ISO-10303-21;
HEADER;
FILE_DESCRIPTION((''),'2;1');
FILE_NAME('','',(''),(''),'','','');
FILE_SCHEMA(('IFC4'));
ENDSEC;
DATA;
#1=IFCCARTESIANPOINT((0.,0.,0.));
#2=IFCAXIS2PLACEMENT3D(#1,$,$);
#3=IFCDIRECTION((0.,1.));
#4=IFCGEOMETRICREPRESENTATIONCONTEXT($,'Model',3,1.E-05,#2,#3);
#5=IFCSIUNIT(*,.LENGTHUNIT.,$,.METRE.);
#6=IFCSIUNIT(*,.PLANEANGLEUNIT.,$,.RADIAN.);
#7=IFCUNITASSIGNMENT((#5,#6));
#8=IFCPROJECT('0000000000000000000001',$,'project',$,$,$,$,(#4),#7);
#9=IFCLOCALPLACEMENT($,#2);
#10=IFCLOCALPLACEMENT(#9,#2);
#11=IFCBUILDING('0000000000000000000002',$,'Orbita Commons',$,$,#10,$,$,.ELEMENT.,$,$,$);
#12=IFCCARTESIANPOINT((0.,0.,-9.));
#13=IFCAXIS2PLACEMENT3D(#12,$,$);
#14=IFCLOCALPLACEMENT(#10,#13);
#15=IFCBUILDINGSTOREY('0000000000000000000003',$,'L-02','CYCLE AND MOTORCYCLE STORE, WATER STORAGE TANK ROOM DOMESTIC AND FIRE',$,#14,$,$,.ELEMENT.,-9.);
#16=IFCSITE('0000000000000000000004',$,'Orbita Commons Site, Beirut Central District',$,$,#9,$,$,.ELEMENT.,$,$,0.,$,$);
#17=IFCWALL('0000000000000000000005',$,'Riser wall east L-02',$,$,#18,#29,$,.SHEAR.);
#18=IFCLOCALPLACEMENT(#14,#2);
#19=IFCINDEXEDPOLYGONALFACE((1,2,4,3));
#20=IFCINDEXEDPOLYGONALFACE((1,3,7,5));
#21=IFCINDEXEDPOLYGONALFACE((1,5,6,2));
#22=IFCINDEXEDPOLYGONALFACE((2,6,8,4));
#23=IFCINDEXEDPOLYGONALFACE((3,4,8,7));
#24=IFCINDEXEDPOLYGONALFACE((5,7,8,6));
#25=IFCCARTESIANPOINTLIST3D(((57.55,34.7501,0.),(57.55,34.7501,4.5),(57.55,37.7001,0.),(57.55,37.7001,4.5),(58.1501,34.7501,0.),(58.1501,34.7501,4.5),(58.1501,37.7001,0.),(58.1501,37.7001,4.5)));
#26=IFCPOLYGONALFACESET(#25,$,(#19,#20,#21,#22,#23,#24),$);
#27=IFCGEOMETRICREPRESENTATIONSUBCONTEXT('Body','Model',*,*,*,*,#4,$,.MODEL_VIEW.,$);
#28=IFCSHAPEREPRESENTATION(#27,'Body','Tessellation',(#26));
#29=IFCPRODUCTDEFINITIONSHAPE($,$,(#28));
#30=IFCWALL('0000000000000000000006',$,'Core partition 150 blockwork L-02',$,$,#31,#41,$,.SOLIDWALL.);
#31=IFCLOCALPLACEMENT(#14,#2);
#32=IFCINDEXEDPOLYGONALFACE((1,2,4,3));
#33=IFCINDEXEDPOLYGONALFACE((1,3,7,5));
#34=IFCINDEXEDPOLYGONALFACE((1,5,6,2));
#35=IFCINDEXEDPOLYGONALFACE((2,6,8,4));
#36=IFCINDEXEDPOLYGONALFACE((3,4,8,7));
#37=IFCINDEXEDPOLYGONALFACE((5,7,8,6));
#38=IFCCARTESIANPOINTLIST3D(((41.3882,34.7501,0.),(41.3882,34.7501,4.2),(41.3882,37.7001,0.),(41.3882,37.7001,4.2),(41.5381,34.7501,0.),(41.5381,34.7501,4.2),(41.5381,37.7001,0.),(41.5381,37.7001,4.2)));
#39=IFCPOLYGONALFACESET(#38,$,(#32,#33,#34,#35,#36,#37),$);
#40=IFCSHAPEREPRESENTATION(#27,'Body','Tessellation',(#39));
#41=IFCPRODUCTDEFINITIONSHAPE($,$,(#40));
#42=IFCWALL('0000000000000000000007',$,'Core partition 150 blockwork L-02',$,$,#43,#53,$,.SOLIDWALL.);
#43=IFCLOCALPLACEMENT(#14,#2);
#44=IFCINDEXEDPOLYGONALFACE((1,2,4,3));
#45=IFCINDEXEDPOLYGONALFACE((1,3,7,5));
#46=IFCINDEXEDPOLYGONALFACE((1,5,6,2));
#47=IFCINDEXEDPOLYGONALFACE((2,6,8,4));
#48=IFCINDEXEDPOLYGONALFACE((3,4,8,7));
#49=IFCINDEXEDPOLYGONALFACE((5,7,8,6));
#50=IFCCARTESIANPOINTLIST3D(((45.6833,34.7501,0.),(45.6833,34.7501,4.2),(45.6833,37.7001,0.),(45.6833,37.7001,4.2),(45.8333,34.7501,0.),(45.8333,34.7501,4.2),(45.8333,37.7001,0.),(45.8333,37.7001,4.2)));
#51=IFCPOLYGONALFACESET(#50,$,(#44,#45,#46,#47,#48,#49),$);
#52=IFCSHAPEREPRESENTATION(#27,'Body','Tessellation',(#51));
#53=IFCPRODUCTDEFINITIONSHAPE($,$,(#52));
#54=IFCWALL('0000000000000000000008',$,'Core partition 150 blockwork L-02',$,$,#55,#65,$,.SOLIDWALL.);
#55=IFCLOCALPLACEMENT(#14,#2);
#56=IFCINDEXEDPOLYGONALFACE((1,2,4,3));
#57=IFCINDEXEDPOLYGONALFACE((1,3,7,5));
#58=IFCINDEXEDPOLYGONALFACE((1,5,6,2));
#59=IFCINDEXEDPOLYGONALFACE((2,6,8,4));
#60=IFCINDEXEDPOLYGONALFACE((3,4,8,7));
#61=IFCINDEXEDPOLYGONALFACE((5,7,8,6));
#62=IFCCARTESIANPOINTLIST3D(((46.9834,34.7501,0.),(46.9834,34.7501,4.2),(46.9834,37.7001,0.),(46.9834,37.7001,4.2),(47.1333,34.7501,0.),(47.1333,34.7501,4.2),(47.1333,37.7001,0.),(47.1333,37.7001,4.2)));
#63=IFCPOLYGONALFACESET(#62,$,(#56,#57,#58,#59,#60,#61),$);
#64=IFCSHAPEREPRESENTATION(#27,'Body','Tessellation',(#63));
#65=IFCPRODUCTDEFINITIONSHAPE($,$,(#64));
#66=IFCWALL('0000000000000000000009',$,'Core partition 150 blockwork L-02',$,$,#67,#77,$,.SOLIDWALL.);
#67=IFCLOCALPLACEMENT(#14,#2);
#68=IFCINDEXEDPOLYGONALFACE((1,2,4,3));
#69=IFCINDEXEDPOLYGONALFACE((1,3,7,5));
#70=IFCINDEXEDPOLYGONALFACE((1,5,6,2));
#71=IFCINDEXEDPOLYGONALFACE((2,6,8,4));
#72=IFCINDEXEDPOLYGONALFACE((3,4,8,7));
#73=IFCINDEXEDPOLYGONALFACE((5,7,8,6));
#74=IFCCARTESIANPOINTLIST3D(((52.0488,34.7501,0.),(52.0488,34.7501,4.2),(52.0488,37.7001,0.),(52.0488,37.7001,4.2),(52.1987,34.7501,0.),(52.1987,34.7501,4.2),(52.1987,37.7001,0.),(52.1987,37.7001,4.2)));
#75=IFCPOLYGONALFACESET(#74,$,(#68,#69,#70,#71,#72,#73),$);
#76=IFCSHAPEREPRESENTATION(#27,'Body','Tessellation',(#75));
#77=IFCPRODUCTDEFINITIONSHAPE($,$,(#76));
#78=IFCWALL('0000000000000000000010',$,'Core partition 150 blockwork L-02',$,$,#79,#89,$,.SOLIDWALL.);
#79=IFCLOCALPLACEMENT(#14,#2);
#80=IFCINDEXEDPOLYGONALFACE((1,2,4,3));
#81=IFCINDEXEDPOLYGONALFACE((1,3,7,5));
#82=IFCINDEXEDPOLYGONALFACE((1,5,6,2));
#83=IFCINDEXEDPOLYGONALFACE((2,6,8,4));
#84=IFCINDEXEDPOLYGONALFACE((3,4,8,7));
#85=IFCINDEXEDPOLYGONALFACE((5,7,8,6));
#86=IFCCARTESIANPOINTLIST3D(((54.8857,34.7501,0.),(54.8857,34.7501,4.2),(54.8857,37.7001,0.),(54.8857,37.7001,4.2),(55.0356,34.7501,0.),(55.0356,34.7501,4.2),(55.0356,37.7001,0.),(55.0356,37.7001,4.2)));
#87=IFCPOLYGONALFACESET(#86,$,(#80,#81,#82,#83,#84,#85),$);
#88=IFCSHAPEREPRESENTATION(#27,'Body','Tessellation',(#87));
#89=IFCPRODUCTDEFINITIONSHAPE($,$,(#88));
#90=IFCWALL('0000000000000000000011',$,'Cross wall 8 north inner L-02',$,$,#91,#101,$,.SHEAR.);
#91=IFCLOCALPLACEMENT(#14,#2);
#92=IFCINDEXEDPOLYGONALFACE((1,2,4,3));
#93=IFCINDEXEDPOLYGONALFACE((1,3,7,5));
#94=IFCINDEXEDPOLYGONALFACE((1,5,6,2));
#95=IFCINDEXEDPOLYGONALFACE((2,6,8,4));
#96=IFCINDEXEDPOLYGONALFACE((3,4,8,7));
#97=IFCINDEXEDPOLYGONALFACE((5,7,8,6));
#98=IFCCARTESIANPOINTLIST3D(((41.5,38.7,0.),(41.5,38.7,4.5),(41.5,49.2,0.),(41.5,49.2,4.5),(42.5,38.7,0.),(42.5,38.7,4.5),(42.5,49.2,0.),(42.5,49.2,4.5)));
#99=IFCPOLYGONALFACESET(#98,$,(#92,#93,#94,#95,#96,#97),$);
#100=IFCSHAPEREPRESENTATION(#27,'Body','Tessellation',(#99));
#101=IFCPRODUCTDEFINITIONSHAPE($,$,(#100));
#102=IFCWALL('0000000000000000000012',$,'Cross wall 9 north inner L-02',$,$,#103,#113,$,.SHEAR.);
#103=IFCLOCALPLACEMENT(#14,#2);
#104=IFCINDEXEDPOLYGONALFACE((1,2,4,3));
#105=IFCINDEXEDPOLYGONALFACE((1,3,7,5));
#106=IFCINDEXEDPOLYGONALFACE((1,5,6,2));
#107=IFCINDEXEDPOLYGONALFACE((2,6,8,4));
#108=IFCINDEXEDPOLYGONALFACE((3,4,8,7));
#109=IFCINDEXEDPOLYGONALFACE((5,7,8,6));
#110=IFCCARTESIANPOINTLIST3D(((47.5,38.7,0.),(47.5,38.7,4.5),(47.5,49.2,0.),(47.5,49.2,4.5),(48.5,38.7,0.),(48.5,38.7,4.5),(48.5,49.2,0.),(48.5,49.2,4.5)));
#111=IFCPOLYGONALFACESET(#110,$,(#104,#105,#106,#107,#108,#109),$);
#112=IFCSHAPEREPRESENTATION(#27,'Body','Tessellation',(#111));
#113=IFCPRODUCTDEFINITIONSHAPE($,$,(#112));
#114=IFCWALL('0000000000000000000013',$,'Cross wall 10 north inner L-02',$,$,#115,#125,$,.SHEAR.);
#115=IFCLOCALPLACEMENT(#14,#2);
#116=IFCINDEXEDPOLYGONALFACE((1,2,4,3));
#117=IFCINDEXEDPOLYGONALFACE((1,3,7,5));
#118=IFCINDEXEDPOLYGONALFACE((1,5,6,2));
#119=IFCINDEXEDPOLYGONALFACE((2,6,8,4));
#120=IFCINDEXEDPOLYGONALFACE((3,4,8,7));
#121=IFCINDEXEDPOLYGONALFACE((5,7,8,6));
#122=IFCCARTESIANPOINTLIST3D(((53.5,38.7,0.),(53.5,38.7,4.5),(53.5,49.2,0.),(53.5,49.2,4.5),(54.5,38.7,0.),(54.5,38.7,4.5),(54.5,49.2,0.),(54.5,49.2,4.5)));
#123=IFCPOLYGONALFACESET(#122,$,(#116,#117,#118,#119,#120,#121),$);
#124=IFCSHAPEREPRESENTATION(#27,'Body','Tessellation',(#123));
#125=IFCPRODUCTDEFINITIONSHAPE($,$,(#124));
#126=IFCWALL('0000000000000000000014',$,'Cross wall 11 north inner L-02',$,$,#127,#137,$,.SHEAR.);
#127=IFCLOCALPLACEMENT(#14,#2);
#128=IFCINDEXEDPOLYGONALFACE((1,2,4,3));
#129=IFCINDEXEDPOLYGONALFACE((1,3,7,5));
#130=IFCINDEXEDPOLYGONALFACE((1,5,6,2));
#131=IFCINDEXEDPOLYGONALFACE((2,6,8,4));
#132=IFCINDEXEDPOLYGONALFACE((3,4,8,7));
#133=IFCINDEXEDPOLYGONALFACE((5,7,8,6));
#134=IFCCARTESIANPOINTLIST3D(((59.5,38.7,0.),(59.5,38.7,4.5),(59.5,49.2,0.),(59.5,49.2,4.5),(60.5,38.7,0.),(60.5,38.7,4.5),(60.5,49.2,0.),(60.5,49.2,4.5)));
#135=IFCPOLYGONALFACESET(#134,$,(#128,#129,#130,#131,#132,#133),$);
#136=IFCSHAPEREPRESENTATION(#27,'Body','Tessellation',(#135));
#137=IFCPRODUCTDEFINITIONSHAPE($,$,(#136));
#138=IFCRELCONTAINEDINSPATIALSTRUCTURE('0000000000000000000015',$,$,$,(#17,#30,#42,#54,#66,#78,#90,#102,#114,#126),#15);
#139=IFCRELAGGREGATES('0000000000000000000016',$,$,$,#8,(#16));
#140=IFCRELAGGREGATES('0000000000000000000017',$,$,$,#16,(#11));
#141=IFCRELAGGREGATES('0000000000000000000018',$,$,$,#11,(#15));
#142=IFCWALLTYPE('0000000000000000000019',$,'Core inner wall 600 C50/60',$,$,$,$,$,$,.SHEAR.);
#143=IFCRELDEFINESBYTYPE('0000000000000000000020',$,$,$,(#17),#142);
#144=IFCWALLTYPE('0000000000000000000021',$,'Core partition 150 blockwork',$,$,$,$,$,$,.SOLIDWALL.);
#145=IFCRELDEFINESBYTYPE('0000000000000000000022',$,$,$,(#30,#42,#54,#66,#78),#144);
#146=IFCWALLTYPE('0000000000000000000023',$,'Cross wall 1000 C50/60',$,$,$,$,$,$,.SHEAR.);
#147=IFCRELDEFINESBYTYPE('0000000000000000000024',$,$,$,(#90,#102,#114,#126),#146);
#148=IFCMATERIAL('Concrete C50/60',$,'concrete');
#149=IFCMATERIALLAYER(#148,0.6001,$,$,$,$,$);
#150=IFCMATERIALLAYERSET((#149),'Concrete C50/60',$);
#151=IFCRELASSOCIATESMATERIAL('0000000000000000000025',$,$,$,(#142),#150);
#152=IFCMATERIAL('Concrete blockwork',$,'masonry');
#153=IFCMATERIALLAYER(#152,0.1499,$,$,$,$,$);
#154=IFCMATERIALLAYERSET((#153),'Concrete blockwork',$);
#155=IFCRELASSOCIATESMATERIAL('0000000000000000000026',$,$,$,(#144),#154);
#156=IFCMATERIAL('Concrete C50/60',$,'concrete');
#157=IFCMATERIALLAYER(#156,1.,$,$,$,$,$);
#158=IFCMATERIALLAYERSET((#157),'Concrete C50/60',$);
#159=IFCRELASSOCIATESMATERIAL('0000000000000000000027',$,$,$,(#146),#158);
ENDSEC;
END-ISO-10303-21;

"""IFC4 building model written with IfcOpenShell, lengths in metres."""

from ifc_helpers import new_model, si_unit, direction, frame, frame_2d, origin, place, context, subcontext, project, spatial, rectangle, extrude, material, layer, layer_set, type_object, element, save


model = new_model("IFC4")

# Units and contexts
model_context = context("Model", 3, precision=1e-05, world=origin(), true_north=direction((0.0, 1.0)))
body_context = subcontext(model_context, "Body", "Model", "MODEL_VIEW")
ifc_project = project(units=[si_unit("LENGTHUNIT", "METRE"), si_unit("PLANEANGLEUNIT", "RADIAN")], contexts=[model_context])

# Site, building, storey
site_placement = place(None, origin())
site = spatial("IfcSite", under=ifc_project, at=site_placement, Name="Orbita Commons Site, Beirut Central District", CompositionType="ELEMENT", RefElevation=0.0)
building_placement = place(site_placement, origin())
building = spatial("IfcBuilding", under=site, at=building_placement, Name="Orbita Commons", CompositionType="ELEMENT")
storey_placement = place(building_placement, frame((0.0, 0.0, -9.0)))
storey = spatial("IfcBuildingStorey", under=building, at=storey_placement, Name="L-02", Description="CYCLE AND MOTORCYCLE STORE, WATER STORAGE TANK ROOM DOMESTIC AND FIRE", CompositionType="ELEMENT", Elevation=-9.0)

# Shared definitions
ifc_material_1 = material(Name="Concrete C50/60", Category="concrete")
ifc_layer_1 = layer(ifc_material_1, 0.6001)
ifc_layer_set_1 = layer_set([ifc_layer_1], Name="Concrete C50/60")
wall_type_1 = type_object("IfcWallType", Name="Core inner wall 600 C50/60", PredefinedType="SHEAR", material=ifc_layer_set_1)

# Walls
wall_1_placement = place(storey_placement, frame((57.8501, 34.75, 0.0), z_axis=(0.0, 0.0, 1.0), x_axis=(0.0, 1.0, 0.0)))
element("IfcWall", 1, at=wall_1_placement, inside=storey, type_object=wall_type_1, Name="Riser wall east L-02", PredefinedType="SHEAR", context=body_context, shape_type="SweptSolid", body=[
    extrude(rectangle(XDim=2.95, YDim=0.6001, at=frame_2d((1.4751, 0.0))), origin(), (0.0, 0.0, 1.0), 4.5),
])
ifc_material_2 = material(Name="Concrete blockwork", Category="masonry")
ifc_layer_2 = layer(ifc_material_2, 0.1499)
ifc_layer_set_2 = layer_set([ifc_layer_2], Name="Concrete blockwork")
wall_type_2 = type_object("IfcWallType", Name="Core partition 150 blockwork", PredefinedType="SOLIDWALL", material=ifc_layer_set_2)
for number, where, z_axis, x_axis, name in (
    (2, (41.4631, 34.75, 0.0), (0.0, 0.0, 1.0), (0.0, 1.0, 0.0), "Core partition 150 blockwork L-02"),
    (3, (45.7583, 34.75, 0.0), (0.0, 0.0, 1.0), (0.0, 1.0, 0.0), "Core partition 150 blockwork L-02"),
    (4, (47.0583, 34.75, 0.0), (0.0, 0.0, 1.0), (0.0, 1.0, 0.0), "Core partition 150 blockwork L-02"),
    (5, (52.1238, 34.75, 0.0), (0.0, 0.0, 1.0), (0.0, 1.0, 0.0), "Core partition 150 blockwork L-02"),
    (6, (54.9607, 34.75, 0.0), (0.0, 0.0, 1.0), (0.0, 1.0, 0.0), "Core partition 150 blockwork L-02"),
):
    element("IfcWall", number, at=place(storey_placement, frame(where, z_axis=z_axis, x_axis=x_axis)), inside=storey, type_object=wall_type_2, Name=name, PredefinedType="SOLIDWALL", context=body_context, shape_type="SweptSolid", body=[
        extrude(rectangle(XDim=2.95, YDim=0.1499, at=frame_2d((1.4751, 0.0))), origin(), (0.0, 0.0, 1.0), 4.2),
    ])
ifc_material_3 = material(Name="Concrete C50/60", Category="concrete")
ifc_layer_3 = layer(ifc_material_3, 1.0)
ifc_layer_set_3 = layer_set([ifc_layer_3], Name="Concrete C50/60")
wall_type_3 = type_object("IfcWallType", Name="Cross wall 1000 C50/60", PredefinedType="SHEAR", material=ifc_layer_set_3)
for number, where, z_axis, x_axis, name in (
    (7, (42.0, 38.7, 0.0), (0.0, 0.0, 1.0), (0.0, 1.0, 0.0), "Cross wall 8 north inner L-02"),
    (8, (48.0, 38.7, 0.0), (0.0, 0.0, 1.0), (0.0, 1.0, 0.0), "Cross wall 9 north inner L-02"),
    (9, (54.0, 38.7, 0.0), (0.0, 0.0, 1.0), (0.0, 1.0, 0.0), "Cross wall 10 north inner L-02"),
    (10, (60.0, 38.7, 0.0), (0.0, 0.0, 1.0), (0.0, 1.0, 0.0), "Cross wall 11 north inner L-02"),
):
    element("IfcWall", number, at=place(storey_placement, frame(where, z_axis=z_axis, x_axis=x_axis)), inside=storey, type_object=wall_type_3, Name=name, PredefinedType="SHEAR", context=body_context, shape_type="SweptSolid", body=[
        extrude(rectangle(XDim=10.5, YDim=1.0, at=frame_2d((5.25, 0.0))), origin(), (0.0, 0.0, 1.0), 4.5),
    ])

save(model, "model.ifc")
